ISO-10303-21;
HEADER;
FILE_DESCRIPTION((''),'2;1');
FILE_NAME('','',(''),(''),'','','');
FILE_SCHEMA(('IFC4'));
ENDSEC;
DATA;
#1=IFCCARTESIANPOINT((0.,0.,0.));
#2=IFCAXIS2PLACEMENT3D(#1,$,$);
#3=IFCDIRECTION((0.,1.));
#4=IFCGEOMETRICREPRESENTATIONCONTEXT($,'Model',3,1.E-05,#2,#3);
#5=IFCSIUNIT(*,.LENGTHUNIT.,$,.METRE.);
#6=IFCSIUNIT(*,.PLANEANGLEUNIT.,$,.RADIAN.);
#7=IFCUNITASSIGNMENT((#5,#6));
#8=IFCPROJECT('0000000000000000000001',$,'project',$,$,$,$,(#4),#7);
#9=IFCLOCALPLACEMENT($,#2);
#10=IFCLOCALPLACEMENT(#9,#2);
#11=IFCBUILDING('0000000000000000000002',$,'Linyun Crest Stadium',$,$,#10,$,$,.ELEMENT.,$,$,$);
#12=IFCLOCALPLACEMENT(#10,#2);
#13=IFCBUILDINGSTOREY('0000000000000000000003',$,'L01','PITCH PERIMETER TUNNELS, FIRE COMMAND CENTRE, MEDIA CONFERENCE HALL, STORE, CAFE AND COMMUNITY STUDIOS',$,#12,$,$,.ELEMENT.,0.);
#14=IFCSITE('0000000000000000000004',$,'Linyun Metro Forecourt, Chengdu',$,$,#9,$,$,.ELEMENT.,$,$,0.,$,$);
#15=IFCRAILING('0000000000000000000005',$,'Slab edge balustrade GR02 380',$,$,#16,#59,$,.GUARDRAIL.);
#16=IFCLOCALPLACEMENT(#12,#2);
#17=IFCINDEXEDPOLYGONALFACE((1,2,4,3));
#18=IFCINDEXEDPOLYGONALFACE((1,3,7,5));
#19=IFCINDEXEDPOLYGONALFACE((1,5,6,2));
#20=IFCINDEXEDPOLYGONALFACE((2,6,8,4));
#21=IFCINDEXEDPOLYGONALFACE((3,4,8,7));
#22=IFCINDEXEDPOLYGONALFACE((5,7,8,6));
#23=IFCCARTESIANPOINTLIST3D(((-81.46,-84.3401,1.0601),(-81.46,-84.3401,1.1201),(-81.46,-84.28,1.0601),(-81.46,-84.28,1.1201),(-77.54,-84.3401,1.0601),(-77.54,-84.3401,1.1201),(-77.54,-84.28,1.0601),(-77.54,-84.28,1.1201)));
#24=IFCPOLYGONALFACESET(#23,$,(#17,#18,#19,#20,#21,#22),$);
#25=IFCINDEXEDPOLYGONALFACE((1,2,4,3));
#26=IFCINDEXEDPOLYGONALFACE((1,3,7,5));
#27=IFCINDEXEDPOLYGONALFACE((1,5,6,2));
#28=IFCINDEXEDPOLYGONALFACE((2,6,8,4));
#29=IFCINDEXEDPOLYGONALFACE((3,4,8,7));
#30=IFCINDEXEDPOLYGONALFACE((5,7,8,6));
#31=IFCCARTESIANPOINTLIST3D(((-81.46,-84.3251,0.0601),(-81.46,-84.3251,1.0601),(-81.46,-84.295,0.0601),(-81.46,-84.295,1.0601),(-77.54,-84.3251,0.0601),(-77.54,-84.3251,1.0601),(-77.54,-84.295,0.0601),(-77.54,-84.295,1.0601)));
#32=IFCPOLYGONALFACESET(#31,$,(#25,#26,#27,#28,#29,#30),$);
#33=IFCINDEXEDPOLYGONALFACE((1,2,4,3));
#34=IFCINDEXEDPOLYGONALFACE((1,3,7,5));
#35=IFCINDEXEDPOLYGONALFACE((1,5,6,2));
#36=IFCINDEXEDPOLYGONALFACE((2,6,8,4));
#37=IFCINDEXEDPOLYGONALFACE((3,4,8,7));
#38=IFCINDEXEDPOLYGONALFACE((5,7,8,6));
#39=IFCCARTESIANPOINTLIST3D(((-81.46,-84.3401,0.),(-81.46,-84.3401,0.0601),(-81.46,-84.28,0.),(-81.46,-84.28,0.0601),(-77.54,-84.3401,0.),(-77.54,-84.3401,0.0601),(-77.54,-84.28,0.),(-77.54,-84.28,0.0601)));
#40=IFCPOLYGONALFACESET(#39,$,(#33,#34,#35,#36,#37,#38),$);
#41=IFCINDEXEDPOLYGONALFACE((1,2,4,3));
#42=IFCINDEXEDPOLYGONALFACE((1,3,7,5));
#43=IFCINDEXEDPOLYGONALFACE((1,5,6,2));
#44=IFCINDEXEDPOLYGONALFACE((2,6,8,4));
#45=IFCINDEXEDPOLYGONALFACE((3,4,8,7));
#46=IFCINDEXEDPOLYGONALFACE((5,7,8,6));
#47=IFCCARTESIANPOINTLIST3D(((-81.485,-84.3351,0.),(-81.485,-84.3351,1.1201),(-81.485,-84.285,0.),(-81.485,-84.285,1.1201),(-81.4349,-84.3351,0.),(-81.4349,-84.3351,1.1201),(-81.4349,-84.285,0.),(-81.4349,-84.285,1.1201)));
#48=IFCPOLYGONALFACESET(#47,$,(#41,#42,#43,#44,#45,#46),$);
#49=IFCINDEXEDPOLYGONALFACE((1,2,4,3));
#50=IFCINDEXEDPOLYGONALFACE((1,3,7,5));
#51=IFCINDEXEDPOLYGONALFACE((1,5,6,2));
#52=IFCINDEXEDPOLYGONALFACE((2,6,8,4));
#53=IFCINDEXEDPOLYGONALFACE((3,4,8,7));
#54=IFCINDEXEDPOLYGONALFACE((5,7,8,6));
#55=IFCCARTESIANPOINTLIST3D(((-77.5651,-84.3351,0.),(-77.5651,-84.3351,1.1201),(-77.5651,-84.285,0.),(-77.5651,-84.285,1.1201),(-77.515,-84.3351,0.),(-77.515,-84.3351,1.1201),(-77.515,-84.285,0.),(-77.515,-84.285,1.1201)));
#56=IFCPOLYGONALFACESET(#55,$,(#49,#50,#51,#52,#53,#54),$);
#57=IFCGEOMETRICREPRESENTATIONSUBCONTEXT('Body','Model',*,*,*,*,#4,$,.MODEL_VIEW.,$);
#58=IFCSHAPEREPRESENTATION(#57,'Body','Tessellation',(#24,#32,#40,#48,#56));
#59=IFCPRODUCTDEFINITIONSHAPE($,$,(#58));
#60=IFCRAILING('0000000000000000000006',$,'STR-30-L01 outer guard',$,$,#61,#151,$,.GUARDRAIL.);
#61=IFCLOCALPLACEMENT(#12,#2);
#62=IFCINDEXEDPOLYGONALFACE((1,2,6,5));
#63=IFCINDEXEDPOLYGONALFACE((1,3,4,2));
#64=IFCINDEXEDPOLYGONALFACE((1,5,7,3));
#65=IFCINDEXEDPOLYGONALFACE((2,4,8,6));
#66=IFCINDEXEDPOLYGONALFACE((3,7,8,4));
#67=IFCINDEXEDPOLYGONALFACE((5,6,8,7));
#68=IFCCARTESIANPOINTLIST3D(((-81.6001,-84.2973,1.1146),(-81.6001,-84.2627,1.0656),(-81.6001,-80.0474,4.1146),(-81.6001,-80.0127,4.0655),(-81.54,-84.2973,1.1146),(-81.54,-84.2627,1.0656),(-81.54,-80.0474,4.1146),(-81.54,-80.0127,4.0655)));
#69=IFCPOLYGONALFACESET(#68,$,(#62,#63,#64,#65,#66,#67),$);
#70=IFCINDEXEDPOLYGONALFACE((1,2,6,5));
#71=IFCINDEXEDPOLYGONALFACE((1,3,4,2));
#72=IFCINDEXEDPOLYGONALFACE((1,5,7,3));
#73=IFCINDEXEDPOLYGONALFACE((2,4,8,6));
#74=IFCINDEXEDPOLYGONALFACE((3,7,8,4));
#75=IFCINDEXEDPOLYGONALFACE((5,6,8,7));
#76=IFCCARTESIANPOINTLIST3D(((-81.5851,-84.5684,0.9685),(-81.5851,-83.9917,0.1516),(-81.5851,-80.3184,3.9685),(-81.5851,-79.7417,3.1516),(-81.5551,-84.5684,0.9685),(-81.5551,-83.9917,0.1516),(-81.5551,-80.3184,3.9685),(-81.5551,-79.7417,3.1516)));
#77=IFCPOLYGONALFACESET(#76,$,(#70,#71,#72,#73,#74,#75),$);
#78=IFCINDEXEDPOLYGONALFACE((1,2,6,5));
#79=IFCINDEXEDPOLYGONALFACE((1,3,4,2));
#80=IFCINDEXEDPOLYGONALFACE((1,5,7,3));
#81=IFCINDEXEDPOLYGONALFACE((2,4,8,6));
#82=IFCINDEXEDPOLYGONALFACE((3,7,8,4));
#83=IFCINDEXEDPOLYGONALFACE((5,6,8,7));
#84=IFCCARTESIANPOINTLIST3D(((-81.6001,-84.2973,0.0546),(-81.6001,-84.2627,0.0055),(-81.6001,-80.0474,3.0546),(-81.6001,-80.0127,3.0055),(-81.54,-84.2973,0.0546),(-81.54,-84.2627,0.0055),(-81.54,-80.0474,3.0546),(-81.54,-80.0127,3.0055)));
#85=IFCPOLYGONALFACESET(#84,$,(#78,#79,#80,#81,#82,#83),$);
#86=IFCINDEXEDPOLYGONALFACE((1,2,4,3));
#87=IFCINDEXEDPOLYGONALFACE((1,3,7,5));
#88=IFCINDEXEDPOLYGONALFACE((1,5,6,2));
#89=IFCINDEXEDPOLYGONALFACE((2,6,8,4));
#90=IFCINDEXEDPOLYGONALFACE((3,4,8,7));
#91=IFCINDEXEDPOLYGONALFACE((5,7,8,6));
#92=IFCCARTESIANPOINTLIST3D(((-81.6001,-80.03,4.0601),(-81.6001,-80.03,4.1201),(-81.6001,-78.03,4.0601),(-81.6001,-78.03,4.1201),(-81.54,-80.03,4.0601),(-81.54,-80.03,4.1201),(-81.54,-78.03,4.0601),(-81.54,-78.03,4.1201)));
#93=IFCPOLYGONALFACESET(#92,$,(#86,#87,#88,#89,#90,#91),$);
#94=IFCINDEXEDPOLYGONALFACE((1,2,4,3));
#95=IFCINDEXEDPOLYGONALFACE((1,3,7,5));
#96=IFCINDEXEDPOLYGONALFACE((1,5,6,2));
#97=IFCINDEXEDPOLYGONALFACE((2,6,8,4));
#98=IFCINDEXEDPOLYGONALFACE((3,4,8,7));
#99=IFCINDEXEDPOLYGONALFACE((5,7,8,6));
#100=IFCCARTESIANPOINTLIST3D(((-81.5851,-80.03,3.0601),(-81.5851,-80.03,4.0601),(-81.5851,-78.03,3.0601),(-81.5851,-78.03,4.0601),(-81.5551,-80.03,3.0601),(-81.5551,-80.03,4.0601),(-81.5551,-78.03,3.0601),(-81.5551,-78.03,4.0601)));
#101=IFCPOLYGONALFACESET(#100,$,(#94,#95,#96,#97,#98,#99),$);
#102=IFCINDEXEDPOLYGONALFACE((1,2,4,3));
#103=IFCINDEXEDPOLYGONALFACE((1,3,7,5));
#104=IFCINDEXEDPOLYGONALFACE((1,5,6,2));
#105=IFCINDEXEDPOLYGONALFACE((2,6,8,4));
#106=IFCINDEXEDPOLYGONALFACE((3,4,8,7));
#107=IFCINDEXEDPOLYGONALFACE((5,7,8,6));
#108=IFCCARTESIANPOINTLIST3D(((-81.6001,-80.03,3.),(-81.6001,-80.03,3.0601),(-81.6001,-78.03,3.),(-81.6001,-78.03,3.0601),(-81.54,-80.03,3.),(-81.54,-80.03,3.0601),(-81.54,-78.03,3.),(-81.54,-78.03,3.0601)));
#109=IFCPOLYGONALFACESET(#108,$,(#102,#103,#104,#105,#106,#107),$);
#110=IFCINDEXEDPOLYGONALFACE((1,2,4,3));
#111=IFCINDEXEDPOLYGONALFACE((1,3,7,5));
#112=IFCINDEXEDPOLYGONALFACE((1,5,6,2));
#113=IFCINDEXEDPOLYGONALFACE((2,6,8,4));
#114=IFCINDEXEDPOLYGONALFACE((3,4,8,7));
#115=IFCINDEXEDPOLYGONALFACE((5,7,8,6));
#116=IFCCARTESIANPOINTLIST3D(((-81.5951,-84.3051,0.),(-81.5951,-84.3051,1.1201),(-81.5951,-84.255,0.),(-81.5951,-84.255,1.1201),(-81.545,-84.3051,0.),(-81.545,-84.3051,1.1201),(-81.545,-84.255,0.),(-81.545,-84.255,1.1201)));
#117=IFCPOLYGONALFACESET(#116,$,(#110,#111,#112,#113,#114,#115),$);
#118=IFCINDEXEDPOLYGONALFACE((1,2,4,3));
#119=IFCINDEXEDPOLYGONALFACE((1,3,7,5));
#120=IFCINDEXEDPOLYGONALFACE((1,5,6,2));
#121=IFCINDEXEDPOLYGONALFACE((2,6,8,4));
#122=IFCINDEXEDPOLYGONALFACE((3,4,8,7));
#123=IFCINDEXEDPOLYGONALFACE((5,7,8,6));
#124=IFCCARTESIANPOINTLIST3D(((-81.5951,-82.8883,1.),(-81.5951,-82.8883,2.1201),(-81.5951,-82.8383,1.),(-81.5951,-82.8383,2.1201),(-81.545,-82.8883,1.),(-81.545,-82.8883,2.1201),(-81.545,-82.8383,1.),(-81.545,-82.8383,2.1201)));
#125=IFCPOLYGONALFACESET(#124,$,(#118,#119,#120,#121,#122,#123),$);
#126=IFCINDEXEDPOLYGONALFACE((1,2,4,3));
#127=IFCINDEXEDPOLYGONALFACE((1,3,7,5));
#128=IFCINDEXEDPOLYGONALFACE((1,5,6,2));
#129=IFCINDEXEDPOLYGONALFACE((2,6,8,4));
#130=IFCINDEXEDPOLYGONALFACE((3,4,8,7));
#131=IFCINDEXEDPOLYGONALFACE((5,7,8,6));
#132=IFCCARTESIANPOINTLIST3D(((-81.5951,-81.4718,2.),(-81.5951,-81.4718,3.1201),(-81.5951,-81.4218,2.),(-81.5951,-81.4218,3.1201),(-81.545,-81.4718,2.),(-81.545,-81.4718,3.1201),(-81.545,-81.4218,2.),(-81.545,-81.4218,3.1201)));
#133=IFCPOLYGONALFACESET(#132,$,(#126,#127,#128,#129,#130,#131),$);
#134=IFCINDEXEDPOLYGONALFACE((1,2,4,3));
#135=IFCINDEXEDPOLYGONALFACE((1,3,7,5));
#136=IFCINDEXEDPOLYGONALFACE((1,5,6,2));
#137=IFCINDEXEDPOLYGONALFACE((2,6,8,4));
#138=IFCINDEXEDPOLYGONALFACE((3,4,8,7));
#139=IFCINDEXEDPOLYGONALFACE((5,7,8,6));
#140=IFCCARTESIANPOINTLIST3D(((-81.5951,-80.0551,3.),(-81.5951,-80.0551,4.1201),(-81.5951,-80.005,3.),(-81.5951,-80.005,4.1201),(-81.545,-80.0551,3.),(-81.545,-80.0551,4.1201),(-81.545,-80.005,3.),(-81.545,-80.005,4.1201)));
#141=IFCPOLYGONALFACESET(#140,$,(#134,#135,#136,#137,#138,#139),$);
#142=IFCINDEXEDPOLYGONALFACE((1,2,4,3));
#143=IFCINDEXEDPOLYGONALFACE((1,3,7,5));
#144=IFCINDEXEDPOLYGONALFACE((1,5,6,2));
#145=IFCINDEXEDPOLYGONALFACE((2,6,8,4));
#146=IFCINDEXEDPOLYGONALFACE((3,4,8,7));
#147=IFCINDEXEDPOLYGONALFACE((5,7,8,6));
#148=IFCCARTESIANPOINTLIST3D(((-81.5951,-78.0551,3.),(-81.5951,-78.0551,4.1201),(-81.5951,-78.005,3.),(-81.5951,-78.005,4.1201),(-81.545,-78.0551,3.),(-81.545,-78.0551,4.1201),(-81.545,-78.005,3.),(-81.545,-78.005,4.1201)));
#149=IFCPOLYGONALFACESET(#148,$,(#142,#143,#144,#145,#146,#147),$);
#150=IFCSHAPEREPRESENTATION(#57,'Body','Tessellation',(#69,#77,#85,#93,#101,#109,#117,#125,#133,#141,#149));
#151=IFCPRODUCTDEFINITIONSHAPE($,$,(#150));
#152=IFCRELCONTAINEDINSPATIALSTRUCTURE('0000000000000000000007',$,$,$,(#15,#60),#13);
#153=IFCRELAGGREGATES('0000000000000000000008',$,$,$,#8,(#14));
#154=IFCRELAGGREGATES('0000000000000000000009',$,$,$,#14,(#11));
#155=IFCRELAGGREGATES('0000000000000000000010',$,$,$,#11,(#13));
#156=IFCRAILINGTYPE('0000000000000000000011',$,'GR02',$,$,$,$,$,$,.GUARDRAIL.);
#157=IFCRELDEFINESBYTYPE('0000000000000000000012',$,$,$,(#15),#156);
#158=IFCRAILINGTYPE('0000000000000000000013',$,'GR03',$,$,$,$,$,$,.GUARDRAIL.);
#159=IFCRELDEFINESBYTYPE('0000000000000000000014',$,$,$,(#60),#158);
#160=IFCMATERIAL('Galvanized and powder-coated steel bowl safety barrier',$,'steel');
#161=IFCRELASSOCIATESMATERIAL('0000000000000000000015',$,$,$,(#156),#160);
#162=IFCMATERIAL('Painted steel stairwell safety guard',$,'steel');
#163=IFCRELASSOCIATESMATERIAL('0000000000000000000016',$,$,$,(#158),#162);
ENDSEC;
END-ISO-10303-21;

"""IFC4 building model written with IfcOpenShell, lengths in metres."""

from ifc_helpers import new_model, si_unit, direction, frame, origin, origin_2d, place, context, subcontext, project, spatial, rectangle, extrude, material, type_object, element, save


model = new_model("IFC4")

# Units and contexts
model_context = context("Model", 3, precision=1e-05, world=origin(), true_north=direction((0.0, 1.0)))
body_context = subcontext(model_context, "Body", "Model", "MODEL_VIEW")
ifc_project = project(units=[si_unit("LENGTHUNIT", "METRE"), si_unit("PLANEANGLEUNIT", "RADIAN")], contexts=[model_context])

# Site, building, storey
site_placement = place(None, origin())
site = spatial("IfcSite", under=ifc_project, at=site_placement, Name="Linyun Metro Forecourt, Chengdu", CompositionType="ELEMENT", RefElevation=0.0)
building_placement = place(site_placement, origin())
building = spatial("IfcBuilding", under=site, at=building_placement, Name="Linyun Crest Stadium", CompositionType="ELEMENT")
storey_placement = place(building_placement, origin())
storey = spatial("IfcBuildingStorey", under=building, at=storey_placement, Name="L01", Description="PITCH PERIMETER TUNNELS, FIRE COMMAND CENTRE, MEDIA CONFERENCE HALL, STORE, CAFE AND COMMUNITY STUDIOS", CompositionType="ELEMENT", Elevation=0.0)

# Railings
ifc_material_1 = material(Name="Galvanized and powder-coated steel bowl safety barrier", Category="steel")
railing_type_1 = type_object("IfcRailingType", Name="GR02", PredefinedType="GUARDRAIL", material=ifc_material_1)
railing_1_placement = place(storey_placement, frame((-81.46, -84.3101, 0.0)))
element("IfcRailing", 1, at=railing_1_placement, inside=storey, type_object=railing_type_1, Name="Slab edge balustrade GR02 380", PredefinedType="GUARDRAIL", context=body_context, shape_type="SweptSolid", body=[
    extrude(rectangle(XDim=0.0601, YDim=0.0601, at=origin_2d()), frame((0.0, 0.0, 1.0901), z_axis=(1.0, 0.0, 0.0), x_axis=(0.0, 1.0, 0.0)), (0.0, 0.0, 1.0), 3.9199),
    extrude(rectangle(XDim=0.03, YDim=1.0, at=origin_2d()), frame((0.0, 0.0, 0.5601), z_axis=(1.0, 0.0, 0.0), x_axis=(0.0, 1.0, 0.0)), (0.0, 0.0, 1.0), 3.9199),
    extrude(rectangle(XDim=0.0601, YDim=0.0601, at=origin_2d()), frame((0.0, 0.0, 0.03), z_axis=(1.0, 0.0, 0.0), x_axis=(0.0, 1.0, 0.0)), (0.0, 0.0, 1.0), 3.9199),
    extrude(rectangle(XDim=0.05, YDim=0.05, at=origin_2d()), origin(), (0.0, 0.0, 1.0), 1.1201),
    extrude(rectangle(XDim=0.05, YDim=0.05, at=origin_2d()), frame((3.9199, 0.0, 0.0)), (0.0, 0.0, 1.0), 1.1201),
])
ifc_material_2 = material(Name="Painted steel stairwell safety guard", Category="steel")
railing_type_2 = type_object("IfcRailingType", Name="GR03", PredefinedType="GUARDRAIL", material=ifc_material_2)
railing_2_placement = place(storey_placement, frame((-81.5701, -84.28, 0.0)))
element("IfcRailing", 2, at=railing_2_placement, inside=storey, type_object=railing_type_2, Name="STR-30-L01 outer guard", PredefinedType="GUARDRAIL", context=body_context, shape_type="SweptSolid", body=[
    extrude(rectangle(XDim=0.0601, YDim=0.0601, at=origin_2d()), frame((0.0, 0.0, 1.0901), z_axis=(0.0, 0.816968, 0.576683), x_axis=(-1.0, 0.0, 0.0)), (0.0, 0.0, 1.0), 5.2021),
    extrude(rectangle(XDim=0.03, YDim=1.0, at=origin_2d()), frame((0.0, 0.0, 0.5601), z_axis=(0.0, 0.816968, 0.576683), x_axis=(-1.0, 0.0, 0.0)), (0.0, 0.0, 1.0), 5.2021),
    extrude(rectangle(XDim=0.0601, YDim=0.0601, at=origin_2d()), frame((0.0, 0.0, 0.03), z_axis=(0.0, 0.816968, 0.576683), x_axis=(-1.0, 0.0, 0.0)), (0.0, 0.0, 1.0), 5.2021),
    extrude(rectangle(XDim=0.0601, YDim=0.0601, at=origin_2d()), frame((0.0, 4.25, 4.0901), z_axis=(0.0, 1.0, 0.0), x_axis=(-1.0, 0.0, 0.0)), (0.0, 0.0, 1.0), 2.0),
    extrude(rectangle(XDim=0.03, YDim=1.0, at=origin_2d()), frame((0.0, 4.25, 3.5601), z_axis=(0.0, 1.0, 0.0), x_axis=(-1.0, 0.0, 0.0)), (0.0, 0.0, 1.0), 2.0),
    extrude(rectangle(XDim=0.0601, YDim=0.0601, at=origin_2d()), frame((0.0, 4.25, 3.03), z_axis=(0.0, 1.0, 0.0), x_axis=(-1.0, 0.0, 0.0)), (0.0, 0.0, 1.0), 2.0),
    extrude(rectangle(XDim=0.05, YDim=0.05, at=origin_2d()), origin(), (0.0, 0.0, 1.0), 1.1201),
    extrude(rectangle(XDim=0.05, YDim=0.05, at=origin_2d()), frame((0.0, 1.4167, 1.0)), (0.0, 0.0, 1.0), 1.1201),
    extrude(rectangle(XDim=0.05, YDim=0.05, at=origin_2d()), frame((0.0, 2.8333, 2.0)), (0.0, 0.0, 1.0), 1.1201),
    extrude(rectangle(XDim=0.05, YDim=0.05, at=origin_2d()), frame((0.0, 4.25, 3.0)), (0.0, 0.0, 1.0), 1.1201),
    extrude(rectangle(XDim=0.05, YDim=0.05, at=origin_2d()), frame((0.0, 6.25, 3.0)), (0.0, 0.0, 1.0), 1.1201),
])

save(model, "model.ifc")
